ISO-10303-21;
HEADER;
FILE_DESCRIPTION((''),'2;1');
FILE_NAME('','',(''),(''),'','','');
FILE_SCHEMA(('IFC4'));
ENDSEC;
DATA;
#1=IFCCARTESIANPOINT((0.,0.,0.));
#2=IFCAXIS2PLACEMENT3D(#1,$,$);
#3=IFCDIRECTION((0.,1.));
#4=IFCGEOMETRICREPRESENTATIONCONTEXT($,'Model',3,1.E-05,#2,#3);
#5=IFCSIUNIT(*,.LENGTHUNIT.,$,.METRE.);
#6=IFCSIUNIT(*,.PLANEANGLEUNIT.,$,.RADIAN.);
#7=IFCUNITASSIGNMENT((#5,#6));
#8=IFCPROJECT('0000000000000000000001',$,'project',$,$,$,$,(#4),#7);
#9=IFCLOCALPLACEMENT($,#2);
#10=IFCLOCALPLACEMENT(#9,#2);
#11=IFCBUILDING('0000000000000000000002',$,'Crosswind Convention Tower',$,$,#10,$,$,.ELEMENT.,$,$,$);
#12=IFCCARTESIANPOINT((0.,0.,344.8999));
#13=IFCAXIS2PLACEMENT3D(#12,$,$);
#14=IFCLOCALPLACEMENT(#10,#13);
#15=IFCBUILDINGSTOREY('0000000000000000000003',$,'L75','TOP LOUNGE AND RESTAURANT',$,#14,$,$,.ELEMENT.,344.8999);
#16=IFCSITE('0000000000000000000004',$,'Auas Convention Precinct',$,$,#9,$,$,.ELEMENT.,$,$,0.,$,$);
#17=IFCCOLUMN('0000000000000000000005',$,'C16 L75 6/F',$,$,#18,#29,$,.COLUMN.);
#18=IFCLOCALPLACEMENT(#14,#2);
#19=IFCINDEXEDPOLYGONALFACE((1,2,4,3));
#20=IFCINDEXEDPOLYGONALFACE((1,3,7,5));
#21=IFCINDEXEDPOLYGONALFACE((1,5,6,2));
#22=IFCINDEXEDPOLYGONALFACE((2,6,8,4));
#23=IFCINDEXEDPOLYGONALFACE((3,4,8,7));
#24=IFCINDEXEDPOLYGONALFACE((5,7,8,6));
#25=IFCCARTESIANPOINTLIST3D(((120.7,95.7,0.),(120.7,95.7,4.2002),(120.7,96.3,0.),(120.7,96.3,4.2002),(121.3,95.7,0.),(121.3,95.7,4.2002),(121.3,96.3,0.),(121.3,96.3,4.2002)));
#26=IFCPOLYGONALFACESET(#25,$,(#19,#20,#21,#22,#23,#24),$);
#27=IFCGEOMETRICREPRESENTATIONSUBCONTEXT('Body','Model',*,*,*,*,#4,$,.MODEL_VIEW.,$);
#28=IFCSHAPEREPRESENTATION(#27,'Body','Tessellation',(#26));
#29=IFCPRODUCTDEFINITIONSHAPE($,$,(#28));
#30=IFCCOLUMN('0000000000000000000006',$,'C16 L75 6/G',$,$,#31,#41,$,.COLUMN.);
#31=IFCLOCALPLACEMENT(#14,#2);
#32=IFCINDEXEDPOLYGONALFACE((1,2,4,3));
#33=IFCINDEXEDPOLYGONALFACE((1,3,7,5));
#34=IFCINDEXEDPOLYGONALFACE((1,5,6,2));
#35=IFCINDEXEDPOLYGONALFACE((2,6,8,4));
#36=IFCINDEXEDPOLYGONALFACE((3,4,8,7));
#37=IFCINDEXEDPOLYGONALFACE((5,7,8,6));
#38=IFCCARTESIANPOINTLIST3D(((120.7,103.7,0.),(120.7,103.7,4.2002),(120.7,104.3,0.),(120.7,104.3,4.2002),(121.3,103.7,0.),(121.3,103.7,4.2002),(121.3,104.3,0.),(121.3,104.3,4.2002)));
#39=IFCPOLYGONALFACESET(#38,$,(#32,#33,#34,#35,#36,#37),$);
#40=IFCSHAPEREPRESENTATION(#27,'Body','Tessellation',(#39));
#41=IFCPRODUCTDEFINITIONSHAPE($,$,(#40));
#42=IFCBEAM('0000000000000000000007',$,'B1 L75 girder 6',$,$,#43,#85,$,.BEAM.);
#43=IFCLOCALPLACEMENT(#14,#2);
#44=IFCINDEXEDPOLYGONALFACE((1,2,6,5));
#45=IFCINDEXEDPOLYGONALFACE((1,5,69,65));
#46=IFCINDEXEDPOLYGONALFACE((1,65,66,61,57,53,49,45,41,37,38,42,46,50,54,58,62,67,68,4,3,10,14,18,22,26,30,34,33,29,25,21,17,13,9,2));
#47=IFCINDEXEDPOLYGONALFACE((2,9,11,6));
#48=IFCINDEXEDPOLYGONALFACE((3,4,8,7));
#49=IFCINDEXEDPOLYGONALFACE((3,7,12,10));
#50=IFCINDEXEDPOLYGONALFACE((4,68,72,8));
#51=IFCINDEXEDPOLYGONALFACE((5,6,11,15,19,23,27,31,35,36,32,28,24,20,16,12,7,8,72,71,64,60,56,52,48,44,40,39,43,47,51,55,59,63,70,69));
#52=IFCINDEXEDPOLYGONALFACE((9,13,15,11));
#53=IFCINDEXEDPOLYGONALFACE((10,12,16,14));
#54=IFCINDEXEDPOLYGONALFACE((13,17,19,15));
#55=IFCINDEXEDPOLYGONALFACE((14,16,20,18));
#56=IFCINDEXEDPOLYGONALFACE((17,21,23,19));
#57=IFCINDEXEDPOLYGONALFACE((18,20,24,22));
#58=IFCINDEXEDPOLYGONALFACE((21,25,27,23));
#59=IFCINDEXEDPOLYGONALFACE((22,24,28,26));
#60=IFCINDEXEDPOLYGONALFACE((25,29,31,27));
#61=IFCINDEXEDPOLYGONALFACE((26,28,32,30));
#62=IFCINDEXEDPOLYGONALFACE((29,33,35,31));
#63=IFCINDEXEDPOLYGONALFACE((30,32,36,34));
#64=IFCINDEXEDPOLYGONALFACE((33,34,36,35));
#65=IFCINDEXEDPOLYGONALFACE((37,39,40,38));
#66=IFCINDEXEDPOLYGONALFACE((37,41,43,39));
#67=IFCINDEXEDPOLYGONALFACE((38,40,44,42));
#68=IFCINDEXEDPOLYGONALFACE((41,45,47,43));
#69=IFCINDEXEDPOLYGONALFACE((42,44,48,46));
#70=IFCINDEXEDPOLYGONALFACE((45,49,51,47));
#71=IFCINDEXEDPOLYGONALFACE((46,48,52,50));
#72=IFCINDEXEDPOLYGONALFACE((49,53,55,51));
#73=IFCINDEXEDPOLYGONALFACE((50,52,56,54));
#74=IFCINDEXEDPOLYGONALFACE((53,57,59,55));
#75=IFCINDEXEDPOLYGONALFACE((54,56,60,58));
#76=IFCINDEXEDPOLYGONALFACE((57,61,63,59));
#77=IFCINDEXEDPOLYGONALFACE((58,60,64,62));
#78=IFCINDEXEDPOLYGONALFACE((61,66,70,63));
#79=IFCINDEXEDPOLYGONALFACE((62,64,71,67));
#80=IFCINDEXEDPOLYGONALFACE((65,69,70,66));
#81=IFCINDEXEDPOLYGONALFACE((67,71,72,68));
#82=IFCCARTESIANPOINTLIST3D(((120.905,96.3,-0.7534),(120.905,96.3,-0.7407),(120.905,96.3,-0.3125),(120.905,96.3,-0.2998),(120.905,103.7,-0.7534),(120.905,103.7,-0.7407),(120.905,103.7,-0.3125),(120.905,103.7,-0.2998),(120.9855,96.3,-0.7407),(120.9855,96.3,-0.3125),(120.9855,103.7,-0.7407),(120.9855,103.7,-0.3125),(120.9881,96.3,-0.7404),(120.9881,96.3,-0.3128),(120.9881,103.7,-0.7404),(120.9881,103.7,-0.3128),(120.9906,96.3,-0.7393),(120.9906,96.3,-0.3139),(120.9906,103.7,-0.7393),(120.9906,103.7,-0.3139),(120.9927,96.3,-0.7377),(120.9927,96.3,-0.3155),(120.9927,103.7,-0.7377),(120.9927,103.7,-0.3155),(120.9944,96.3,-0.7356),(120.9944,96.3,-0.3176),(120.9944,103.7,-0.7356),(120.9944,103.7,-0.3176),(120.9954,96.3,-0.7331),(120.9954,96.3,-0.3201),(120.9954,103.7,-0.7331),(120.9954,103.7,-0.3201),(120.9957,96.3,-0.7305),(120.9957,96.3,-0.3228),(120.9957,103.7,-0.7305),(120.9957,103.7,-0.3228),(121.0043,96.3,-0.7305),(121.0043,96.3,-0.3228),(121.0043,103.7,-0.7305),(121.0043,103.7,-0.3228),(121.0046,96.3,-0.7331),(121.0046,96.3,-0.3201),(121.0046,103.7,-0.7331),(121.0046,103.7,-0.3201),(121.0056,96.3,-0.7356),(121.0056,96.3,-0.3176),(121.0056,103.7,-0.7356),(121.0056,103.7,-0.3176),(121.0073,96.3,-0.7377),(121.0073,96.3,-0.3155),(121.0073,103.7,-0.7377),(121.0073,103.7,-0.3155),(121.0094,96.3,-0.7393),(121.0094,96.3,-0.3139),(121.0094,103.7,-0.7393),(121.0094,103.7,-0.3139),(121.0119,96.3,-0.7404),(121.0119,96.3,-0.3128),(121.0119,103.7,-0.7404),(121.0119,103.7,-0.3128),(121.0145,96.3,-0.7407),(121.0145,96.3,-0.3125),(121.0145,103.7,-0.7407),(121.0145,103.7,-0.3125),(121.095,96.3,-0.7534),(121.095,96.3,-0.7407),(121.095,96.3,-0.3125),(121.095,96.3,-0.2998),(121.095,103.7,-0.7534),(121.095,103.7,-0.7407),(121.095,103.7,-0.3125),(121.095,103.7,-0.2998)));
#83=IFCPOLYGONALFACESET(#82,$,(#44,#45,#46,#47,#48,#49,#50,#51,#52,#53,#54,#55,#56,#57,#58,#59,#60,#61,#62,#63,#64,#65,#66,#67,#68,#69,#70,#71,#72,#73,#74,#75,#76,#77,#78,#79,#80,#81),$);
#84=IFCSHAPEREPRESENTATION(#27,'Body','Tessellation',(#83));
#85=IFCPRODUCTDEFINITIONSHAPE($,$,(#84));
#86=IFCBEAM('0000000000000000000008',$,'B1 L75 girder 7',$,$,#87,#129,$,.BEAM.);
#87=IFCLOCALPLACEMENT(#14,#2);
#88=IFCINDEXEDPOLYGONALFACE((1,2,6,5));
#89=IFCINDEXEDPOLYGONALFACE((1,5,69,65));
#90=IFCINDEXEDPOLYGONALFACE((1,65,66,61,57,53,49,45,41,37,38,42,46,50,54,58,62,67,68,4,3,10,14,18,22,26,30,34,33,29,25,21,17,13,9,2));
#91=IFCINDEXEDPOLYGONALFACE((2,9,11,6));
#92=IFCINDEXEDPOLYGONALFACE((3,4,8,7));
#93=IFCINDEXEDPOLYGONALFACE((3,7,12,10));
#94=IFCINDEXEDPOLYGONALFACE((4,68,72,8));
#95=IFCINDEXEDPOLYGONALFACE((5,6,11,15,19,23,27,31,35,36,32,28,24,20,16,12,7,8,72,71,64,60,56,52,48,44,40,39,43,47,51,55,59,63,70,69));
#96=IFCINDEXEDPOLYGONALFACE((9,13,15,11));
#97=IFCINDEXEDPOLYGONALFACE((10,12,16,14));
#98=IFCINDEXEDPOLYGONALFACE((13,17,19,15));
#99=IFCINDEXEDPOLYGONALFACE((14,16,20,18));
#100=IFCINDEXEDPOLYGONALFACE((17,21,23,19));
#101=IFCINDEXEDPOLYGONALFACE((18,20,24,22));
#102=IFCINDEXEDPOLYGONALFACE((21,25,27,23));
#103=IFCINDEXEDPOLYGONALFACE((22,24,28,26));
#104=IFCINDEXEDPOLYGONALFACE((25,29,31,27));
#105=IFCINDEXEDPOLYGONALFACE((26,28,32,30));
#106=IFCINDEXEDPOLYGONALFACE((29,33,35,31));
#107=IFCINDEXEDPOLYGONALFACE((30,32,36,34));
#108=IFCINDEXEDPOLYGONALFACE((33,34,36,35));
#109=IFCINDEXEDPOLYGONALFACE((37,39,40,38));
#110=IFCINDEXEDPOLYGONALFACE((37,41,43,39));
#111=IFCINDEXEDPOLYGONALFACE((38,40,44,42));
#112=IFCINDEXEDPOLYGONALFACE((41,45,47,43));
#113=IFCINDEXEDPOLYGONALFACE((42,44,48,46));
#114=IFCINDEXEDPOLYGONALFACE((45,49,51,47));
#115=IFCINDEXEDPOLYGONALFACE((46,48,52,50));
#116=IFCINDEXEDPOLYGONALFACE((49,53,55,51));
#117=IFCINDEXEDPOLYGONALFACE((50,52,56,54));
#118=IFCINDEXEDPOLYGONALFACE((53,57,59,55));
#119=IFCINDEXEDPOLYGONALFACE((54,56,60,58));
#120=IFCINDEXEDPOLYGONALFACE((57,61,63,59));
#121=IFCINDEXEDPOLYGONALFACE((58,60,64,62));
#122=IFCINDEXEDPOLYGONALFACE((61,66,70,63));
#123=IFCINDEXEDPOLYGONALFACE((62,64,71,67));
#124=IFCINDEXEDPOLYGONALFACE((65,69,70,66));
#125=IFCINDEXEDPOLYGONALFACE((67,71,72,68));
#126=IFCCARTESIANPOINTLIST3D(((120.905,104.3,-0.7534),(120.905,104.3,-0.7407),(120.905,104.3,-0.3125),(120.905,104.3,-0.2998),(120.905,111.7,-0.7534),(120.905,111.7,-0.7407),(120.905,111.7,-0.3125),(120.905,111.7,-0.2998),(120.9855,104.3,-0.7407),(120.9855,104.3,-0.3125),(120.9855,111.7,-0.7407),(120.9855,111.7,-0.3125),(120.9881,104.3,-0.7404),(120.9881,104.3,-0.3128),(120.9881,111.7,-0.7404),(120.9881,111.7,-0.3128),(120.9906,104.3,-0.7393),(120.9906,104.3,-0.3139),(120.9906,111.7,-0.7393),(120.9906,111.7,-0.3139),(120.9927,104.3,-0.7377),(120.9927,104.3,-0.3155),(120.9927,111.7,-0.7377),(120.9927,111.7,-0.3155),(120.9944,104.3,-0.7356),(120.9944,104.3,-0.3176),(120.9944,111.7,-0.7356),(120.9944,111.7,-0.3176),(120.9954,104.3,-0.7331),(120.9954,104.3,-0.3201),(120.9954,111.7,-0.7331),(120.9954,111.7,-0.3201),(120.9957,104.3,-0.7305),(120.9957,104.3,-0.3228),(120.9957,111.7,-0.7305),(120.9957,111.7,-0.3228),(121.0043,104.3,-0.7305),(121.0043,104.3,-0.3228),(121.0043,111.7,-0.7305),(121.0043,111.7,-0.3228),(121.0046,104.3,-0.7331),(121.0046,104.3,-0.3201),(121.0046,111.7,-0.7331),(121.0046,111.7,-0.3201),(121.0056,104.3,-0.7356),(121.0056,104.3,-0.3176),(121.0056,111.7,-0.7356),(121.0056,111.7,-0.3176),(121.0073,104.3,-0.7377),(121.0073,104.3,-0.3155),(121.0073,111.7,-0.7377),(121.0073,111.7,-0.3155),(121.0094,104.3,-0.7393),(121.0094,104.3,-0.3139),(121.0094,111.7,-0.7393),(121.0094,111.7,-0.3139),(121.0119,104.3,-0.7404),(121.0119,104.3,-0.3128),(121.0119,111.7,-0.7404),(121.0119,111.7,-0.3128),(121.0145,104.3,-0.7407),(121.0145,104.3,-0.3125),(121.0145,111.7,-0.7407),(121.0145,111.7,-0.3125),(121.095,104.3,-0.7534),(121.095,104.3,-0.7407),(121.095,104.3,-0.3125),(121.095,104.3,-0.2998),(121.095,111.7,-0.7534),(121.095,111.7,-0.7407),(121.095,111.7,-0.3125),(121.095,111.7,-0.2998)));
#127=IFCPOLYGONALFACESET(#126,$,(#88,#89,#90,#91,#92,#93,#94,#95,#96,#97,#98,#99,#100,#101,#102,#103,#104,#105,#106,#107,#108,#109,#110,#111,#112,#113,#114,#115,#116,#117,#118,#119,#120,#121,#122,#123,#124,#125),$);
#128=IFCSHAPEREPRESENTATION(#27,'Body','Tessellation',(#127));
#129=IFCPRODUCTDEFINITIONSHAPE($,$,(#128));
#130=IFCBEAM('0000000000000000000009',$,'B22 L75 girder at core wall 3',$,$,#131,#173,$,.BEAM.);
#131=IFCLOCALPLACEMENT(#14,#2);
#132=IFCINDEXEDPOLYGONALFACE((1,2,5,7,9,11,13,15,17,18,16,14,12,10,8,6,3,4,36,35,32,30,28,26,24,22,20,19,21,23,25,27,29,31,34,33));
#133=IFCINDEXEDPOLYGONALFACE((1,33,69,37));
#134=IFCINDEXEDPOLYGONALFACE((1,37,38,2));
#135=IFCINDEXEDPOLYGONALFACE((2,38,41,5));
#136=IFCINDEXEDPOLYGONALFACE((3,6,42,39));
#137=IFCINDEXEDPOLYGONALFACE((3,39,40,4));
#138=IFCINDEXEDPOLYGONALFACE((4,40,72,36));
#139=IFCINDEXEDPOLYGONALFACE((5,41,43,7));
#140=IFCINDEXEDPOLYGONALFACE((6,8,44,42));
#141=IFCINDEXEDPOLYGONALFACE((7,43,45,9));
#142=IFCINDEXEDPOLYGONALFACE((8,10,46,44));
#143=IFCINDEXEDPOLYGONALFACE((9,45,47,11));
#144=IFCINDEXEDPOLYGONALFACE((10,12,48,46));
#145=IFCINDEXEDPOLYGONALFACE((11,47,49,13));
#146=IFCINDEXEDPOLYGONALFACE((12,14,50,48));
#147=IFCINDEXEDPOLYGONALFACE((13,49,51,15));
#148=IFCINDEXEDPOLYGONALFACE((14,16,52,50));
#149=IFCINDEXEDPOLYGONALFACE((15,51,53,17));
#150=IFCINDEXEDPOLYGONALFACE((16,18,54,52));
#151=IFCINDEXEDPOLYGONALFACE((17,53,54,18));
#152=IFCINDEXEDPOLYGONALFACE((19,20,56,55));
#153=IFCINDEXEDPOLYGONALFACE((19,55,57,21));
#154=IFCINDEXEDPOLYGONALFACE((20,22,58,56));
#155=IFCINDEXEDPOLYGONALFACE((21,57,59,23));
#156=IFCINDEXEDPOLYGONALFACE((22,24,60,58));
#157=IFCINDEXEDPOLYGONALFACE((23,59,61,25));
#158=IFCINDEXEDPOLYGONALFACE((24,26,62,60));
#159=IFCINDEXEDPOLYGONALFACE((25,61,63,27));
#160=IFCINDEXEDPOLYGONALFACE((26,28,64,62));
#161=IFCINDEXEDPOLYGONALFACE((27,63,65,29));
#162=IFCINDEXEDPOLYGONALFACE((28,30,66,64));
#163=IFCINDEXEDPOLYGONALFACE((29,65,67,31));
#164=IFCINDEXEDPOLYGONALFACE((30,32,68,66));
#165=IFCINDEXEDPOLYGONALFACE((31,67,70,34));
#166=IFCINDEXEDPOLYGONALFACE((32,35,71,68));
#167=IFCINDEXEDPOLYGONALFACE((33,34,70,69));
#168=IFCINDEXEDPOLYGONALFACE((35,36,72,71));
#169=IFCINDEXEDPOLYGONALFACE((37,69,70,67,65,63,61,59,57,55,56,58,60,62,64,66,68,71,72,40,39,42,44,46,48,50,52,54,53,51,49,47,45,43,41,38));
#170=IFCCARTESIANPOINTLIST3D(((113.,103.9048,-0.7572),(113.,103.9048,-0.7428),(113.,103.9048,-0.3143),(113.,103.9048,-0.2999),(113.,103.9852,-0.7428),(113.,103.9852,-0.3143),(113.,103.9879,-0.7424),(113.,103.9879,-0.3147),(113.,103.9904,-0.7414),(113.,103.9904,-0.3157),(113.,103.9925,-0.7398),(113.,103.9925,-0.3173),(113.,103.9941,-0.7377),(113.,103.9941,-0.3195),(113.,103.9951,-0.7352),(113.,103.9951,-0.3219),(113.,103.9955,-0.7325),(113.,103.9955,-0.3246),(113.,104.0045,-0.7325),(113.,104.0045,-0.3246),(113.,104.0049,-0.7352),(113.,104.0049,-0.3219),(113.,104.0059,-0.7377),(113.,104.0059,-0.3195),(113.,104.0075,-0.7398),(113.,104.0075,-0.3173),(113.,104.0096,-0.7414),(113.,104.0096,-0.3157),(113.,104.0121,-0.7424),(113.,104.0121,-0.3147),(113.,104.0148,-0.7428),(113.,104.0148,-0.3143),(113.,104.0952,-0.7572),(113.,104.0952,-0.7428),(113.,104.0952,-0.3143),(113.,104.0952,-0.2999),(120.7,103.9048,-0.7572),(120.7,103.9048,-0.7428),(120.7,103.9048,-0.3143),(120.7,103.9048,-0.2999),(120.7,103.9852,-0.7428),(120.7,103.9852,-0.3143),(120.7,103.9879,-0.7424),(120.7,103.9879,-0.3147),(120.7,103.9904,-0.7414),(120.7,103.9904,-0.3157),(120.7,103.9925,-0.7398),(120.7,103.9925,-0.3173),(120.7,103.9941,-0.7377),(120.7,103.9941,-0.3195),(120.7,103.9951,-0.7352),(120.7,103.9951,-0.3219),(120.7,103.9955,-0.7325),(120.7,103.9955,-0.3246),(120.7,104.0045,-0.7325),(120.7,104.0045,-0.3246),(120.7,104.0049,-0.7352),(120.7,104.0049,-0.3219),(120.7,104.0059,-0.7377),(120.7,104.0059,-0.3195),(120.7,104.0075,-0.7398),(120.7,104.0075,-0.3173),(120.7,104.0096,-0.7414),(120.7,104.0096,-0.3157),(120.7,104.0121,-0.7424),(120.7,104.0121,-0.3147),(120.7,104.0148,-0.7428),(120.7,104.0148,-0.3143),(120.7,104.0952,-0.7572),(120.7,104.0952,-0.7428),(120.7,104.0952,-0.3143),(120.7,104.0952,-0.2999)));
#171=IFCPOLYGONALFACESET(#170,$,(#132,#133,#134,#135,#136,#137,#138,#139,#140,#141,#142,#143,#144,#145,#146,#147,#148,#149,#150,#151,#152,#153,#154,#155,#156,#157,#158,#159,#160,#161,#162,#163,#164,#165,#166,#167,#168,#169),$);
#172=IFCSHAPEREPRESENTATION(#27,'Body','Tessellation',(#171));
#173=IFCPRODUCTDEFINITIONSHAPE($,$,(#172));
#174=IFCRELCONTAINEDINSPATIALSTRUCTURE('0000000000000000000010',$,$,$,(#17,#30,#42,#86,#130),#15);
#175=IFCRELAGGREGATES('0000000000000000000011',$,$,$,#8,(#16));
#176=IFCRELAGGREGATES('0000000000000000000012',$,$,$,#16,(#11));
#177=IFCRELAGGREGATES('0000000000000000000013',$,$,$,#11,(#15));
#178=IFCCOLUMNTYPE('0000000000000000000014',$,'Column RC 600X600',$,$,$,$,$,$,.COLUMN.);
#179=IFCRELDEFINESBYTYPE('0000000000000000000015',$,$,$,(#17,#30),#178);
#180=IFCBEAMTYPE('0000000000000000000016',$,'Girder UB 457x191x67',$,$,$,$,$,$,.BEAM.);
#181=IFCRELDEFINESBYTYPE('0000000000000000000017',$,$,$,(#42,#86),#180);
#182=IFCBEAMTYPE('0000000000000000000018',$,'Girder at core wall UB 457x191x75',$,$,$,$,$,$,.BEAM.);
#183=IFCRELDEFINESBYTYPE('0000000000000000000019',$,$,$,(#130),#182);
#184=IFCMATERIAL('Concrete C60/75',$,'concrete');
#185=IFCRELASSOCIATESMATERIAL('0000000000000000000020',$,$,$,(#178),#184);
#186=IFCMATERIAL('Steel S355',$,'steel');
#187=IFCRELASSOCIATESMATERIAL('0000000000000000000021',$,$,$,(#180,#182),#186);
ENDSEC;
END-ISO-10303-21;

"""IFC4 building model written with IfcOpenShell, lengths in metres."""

from ifc_helpers import new_model, si_unit, direction, frame, origin, origin_2d, place, context, subcontext, project, spatial, rectangle, i_section, extrude, material, material_profile, profile_set, type_object, element, save


model = new_model("IFC4")

# Units and contexts
model_context = context("Model", 3, precision=1e-05, world=origin(), true_north=direction((0.0, 1.0)))
body_context = subcontext(model_context, "Body", "Model", "MODEL_VIEW")
ifc_project = project(units=[si_unit("LENGTHUNIT", "METRE"), si_unit("PLANEANGLEUNIT", "RADIAN")], contexts=[model_context])

# Site, building, storey
site_placement = place(None, origin())
site = spatial("IfcSite", under=ifc_project, at=site_placement, Name="Auas Convention Precinct", CompositionType="ELEMENT", RefElevation=0.0)
building_placement = place(site_placement, origin())
building = spatial("IfcBuilding", under=site, at=building_placement, Name="Crosswind Convention Tower", CompositionType="ELEMENT")
storey_placement = place(building_placement, frame((0.0, 0.0, 344.8999)))
storey = spatial("IfcBuildingStorey", under=building, at=storey_placement, Name="L75", Description="TOP LOUNGE AND RESTAURANT", CompositionType="ELEMENT", Elevation=344.8999)

# Columns
ifc_material_1 = material(Name="Concrete C60/75", Category="concrete")
ifc_material_profile_1 = material_profile(ifc_material_1, rectangle(XDim=0.6001, YDim=0.6001, at=origin_2d()), Name="RC 600X600")
ifc_profile_set_1 = profile_set([ifc_material_profile_1], Name="Concrete C60/75")
column_type = type_object("IfcColumnType", Name="Column RC 600X600", PredefinedType="COLUMN", material=ifc_profile_set_1)
for number, where, z_axis, x_axis, name in (
    (1, (121.0, 96.0, 0.0), (0.0, 0.0, 1.0), (1.0, 0.0, 0.0), "C16 L75 6/F"),
    (2, (121.0, 104.0, 0.0), (0.0, 0.0, 1.0), (1.0, 0.0, 0.0), "C16 L75 6/G"),
):
    element("IfcColumn", number, at=place(storey_placement, frame(where, z_axis=z_axis, x_axis=x_axis)), inside=storey, type_object=column_type, Name=name, PredefinedType="COLUMN", context=body_context, shape_type="SweptSolid", body=[
        extrude(rectangle(XDim=0.6001, YDim=0.6001, at=origin_2d()), origin(), (0.0, 0.0, 1.0), 4.2002),
    ])

# Beams
ifc_material_2 = material(Name="Steel S355", Category="steel")
ifc_material_profile_2 = material_profile(ifc_material_2, i_section(OverallWidth=0.1899, OverallDepth=0.4536, WebThickness=0.0085, FlangeThickness=0.0127, FilletRadius=0.0103, at=origin_2d()), Name="UB 457x191x67")
ifc_profile_set_2 = profile_set([ifc_material_profile_2], Name="Steel S355")
beam_type_1 = type_object("IfcBeamType", Name="Girder UB 457x191x67", PredefinedType="BEAM", material=ifc_profile_set_2)
for number, where, z_axis, x_axis, name in (
    (3, (121.0, 96.3, -0.5266), (0.0, 1.0, 0.0), (-1.0, 0.0, 0.0), "B1 L75 girder 6"),
    (4, (121.0, 104.3, -0.5266), (0.0, 1.0, 0.0), (-1.0, 0.0, 0.0), "B1 L75 girder 7"),
):
    element("IfcBeam", number, at=place(storey_placement, frame(where, z_axis=z_axis, x_axis=x_axis)), inside=storey, type_object=beam_type_1, Name=name, PredefinedType="BEAM", context=body_context, shape_type="SweptSolid", body=[
        extrude(i_section(OverallWidth=0.1899, OverallDepth=0.4536, WebThickness=0.0085, FlangeThickness=0.0127, FilletRadius=0.0103, at=origin_2d()), origin(), (0.0, 0.0, 1.0), 7.3999),
    ])
ifc_material_profile_3 = material_profile(ifc_material_2, i_section(OverallWidth=0.1904, OverallDepth=0.4573, WebThickness=0.009, FlangeThickness=0.0144, FilletRadius=0.0103, at=origin_2d()), Name="UB 457x191x75")
ifc_profile_set_3 = profile_set([ifc_material_profile_3], Name="Steel S355")
beam_type_2 = type_object("IfcBeamType", Name="Girder at core wall UB 457x191x75", PredefinedType="BEAM", material=ifc_profile_set_3)
for number, where, z_axis, x_axis, name in (
    (5, (113.0, 104.0, -0.5286), (1.0, 0.0, 0.0), (0.0, 1.0, 0.0), "B22 L75 girder at core wall 3"),
):
    element("IfcBeam", number, at=place(storey_placement, frame(where, z_axis=z_axis, x_axis=x_axis)), inside=storey, type_object=beam_type_2, Name=name, PredefinedType="BEAM", context=body_context, shape_type="SweptSolid", body=[
        extrude(i_section(OverallWidth=0.1904, OverallDepth=0.4573, WebThickness=0.009, FlangeThickness=0.0144, FilletRadius=0.0103, at=origin_2d()), origin(), (0.0, 0.0, 1.0), 7.7),
    ])

save(model, "model.ifc")
